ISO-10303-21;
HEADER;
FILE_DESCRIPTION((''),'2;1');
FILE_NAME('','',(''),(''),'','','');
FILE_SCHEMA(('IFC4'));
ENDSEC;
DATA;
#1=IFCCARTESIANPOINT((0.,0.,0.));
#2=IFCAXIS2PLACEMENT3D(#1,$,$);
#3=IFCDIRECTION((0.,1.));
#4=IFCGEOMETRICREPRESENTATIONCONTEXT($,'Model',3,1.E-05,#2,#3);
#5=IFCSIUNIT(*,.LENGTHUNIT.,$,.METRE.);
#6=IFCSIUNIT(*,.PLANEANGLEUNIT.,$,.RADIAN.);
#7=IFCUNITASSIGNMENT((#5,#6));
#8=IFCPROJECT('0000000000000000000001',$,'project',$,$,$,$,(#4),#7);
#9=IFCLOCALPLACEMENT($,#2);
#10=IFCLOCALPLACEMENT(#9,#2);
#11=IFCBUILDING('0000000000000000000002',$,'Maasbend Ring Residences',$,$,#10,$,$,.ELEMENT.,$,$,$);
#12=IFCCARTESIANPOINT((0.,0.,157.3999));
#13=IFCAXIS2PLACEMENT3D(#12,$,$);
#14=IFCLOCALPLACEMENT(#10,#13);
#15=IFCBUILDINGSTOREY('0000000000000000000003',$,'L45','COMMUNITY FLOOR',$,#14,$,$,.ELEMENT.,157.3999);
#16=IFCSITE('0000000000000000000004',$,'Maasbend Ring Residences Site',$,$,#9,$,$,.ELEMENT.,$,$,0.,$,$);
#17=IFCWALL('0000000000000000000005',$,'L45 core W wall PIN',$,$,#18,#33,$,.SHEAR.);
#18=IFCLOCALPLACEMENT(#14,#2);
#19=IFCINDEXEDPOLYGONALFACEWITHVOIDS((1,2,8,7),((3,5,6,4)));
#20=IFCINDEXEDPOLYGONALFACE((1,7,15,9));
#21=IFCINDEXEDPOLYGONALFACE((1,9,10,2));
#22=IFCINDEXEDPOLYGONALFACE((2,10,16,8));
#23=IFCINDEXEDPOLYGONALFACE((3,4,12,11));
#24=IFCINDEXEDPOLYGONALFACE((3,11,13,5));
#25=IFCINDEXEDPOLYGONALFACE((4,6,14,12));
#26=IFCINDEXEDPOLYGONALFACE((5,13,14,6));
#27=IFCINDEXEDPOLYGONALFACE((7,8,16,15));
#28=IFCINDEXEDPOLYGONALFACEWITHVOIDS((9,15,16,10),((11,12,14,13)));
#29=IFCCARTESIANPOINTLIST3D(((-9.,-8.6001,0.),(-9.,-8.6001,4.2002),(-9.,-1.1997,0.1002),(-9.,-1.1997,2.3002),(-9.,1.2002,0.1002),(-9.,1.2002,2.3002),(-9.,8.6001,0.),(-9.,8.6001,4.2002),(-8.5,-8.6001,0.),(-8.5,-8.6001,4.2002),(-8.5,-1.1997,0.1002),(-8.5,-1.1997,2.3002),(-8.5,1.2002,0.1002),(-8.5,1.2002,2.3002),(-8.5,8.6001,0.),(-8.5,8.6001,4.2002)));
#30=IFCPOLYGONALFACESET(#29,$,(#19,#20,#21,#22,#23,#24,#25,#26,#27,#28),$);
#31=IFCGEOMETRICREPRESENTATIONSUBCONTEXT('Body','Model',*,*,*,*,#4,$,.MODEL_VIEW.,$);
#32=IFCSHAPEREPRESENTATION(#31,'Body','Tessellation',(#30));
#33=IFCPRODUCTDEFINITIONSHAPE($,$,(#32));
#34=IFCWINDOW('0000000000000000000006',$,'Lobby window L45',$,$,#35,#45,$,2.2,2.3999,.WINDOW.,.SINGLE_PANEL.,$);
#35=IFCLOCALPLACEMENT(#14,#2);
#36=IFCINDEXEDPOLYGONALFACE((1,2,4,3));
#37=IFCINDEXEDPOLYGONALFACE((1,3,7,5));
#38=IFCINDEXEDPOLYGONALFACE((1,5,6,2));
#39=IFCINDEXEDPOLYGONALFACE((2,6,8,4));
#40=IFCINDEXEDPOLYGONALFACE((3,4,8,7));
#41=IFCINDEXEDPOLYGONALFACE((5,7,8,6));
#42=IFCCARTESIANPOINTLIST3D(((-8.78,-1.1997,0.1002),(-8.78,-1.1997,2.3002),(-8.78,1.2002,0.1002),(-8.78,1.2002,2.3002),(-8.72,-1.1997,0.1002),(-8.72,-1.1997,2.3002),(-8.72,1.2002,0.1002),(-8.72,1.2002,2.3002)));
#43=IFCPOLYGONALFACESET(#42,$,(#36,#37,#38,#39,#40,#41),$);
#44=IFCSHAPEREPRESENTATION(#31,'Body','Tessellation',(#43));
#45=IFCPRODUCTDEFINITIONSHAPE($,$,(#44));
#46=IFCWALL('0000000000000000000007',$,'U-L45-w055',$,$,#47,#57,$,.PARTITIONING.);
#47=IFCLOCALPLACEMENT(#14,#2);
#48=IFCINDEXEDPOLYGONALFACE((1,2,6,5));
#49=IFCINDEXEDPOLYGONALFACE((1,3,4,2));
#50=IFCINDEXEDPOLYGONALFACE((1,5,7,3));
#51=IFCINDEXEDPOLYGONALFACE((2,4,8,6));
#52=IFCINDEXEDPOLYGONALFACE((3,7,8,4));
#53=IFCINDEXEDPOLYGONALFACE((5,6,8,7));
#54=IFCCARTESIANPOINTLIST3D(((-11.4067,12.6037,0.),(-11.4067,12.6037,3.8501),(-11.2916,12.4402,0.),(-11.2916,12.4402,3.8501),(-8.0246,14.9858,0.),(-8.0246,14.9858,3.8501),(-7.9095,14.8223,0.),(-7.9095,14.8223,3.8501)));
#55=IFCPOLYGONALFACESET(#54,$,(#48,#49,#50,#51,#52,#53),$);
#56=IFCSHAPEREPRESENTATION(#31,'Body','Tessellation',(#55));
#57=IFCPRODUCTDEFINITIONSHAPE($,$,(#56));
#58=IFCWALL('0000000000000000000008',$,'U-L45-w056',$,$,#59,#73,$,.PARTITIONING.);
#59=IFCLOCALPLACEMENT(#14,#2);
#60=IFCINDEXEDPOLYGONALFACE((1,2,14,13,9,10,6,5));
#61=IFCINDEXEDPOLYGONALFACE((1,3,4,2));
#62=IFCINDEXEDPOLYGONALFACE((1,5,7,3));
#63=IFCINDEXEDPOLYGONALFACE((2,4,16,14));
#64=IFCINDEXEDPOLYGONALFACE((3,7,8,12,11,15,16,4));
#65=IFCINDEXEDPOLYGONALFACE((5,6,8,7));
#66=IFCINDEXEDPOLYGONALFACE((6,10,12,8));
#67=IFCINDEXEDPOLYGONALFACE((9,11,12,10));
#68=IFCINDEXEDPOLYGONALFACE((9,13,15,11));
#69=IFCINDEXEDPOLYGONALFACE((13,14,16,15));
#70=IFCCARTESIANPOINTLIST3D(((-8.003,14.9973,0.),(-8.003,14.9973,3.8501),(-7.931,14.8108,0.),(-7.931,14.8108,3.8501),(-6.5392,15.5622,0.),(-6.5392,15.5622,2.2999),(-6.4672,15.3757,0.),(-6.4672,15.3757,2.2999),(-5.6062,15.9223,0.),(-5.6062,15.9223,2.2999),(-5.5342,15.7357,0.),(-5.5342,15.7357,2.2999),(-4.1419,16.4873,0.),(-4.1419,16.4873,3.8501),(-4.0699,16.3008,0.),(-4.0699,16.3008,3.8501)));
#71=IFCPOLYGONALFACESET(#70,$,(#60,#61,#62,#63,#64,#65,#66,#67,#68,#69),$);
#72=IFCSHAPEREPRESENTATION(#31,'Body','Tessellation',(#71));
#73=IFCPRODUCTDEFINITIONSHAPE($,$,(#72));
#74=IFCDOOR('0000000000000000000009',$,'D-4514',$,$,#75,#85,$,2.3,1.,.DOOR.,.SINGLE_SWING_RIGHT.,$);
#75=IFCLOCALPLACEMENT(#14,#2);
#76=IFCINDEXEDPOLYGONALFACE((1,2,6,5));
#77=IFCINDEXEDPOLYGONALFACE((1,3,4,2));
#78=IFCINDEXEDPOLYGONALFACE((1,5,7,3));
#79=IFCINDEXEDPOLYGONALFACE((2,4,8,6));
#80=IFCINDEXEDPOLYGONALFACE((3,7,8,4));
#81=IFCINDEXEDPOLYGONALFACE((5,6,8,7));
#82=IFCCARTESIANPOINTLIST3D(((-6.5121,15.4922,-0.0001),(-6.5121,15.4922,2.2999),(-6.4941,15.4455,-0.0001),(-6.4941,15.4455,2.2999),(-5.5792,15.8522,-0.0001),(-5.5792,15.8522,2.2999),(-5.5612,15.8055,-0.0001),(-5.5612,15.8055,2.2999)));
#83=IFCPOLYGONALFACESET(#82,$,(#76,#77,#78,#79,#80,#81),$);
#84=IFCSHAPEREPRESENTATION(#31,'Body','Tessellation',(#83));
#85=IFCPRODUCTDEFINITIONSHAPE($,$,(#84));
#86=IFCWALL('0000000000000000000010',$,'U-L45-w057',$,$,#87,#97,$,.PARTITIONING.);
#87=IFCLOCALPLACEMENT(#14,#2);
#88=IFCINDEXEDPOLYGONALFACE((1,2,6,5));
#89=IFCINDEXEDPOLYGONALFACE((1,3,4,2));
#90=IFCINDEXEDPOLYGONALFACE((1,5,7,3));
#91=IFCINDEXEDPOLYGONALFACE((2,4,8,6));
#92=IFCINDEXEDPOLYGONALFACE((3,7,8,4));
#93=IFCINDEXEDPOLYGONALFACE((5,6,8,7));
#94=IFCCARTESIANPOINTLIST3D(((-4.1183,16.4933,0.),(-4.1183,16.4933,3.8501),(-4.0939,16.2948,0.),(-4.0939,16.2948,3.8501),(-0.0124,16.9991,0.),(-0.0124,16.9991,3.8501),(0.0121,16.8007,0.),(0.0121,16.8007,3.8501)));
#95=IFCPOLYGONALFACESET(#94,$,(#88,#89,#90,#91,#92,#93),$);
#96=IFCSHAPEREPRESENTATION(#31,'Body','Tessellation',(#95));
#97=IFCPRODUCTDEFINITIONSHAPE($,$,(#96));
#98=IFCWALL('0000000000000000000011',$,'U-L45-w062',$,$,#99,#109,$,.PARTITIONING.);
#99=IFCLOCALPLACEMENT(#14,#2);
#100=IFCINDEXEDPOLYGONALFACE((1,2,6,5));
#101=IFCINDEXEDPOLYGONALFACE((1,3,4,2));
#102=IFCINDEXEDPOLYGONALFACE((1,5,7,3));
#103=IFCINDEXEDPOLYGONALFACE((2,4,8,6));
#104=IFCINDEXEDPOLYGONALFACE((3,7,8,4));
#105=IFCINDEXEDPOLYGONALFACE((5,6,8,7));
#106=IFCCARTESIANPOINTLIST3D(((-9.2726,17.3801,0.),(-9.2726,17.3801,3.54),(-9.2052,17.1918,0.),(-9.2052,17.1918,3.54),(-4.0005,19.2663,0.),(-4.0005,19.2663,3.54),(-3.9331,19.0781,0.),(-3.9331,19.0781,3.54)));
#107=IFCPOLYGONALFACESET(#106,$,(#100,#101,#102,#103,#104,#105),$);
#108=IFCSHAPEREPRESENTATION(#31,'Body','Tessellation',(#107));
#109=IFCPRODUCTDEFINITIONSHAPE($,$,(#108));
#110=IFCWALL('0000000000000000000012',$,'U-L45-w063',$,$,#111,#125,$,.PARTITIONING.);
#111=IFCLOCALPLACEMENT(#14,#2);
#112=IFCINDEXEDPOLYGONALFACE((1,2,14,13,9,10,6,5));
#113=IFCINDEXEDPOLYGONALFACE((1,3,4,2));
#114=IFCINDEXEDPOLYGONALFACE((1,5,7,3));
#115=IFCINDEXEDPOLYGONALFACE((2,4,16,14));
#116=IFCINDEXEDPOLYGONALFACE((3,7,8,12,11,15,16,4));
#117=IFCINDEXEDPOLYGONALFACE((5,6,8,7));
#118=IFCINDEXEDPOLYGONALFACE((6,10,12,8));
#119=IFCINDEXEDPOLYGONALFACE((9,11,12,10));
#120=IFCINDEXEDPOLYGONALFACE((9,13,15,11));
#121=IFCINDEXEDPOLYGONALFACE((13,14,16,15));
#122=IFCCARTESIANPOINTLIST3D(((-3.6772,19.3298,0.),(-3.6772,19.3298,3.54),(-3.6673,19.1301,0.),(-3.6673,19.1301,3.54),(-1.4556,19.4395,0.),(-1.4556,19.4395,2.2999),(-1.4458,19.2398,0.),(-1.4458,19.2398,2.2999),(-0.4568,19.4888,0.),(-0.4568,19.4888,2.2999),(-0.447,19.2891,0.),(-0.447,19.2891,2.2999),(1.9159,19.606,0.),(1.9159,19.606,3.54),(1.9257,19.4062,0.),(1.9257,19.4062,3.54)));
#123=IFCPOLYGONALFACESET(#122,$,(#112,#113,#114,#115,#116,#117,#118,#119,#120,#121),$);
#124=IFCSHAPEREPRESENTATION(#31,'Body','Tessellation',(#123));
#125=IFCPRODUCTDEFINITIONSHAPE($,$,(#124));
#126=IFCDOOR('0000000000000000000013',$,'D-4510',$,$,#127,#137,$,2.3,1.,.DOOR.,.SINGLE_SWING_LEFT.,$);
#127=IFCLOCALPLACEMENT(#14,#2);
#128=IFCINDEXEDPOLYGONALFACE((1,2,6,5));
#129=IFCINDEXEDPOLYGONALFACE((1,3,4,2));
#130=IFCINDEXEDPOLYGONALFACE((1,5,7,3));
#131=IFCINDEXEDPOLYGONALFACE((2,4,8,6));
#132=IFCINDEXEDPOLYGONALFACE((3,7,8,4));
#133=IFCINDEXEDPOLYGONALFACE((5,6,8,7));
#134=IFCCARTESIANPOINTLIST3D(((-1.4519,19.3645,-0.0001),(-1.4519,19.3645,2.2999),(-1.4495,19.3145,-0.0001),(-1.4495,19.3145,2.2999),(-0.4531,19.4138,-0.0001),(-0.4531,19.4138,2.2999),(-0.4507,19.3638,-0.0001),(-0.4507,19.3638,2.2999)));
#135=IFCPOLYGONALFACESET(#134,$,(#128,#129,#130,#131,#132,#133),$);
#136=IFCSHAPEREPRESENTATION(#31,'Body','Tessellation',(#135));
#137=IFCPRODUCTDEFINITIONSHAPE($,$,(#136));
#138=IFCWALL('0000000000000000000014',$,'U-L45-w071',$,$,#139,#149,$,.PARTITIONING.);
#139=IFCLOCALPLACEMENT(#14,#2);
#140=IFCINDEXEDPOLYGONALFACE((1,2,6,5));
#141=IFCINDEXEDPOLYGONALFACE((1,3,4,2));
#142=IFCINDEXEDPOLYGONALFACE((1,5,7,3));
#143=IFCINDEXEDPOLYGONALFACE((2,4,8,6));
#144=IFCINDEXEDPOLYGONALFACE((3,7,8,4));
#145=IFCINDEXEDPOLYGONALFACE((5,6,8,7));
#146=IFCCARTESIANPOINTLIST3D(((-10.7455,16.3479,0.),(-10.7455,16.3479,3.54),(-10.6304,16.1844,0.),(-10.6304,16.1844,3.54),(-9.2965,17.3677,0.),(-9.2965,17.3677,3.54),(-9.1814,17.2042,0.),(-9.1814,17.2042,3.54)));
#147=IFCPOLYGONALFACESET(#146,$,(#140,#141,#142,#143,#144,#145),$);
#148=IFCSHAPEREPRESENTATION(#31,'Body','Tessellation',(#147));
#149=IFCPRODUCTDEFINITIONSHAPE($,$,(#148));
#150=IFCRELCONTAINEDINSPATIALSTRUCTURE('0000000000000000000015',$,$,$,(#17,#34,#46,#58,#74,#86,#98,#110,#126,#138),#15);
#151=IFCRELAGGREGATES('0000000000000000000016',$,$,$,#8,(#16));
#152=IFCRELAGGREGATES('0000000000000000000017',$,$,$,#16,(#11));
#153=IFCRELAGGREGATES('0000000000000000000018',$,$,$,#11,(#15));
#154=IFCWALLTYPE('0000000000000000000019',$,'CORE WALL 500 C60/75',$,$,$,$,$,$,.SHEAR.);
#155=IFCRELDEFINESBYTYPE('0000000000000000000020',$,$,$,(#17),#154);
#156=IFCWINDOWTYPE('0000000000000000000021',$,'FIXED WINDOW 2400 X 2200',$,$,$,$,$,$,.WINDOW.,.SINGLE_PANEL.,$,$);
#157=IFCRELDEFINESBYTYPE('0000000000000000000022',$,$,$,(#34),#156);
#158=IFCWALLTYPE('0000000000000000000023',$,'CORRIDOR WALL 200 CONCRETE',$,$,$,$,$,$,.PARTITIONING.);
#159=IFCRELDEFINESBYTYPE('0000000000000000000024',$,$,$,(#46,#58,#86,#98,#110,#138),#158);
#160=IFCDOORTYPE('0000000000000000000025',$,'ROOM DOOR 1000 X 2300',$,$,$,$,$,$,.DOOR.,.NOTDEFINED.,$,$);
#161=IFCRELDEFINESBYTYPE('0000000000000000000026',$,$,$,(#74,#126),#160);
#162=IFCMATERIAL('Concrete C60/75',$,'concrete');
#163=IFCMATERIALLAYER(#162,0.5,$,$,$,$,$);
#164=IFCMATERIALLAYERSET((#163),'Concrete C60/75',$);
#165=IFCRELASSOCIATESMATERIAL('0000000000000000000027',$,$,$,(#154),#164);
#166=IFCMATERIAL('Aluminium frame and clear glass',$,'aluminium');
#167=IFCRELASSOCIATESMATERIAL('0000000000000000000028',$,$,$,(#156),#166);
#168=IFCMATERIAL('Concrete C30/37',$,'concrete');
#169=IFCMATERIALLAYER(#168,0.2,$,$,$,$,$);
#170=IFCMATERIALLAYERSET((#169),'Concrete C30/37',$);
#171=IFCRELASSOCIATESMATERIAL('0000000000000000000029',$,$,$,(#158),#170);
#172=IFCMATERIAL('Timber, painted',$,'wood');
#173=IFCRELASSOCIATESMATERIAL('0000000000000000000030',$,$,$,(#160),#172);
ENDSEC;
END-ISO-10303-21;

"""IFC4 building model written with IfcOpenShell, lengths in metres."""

from ifc_helpers import new_model, si_unit, direction, frame, frame_2d, origin, place, context, subcontext, project, spatial, rectangle, extrude, material, layer, layer_set, type_object, element, fill, save


model = new_model("IFC4")

# Units and contexts
model_context = context("Model", 3, precision=1e-05, world=origin(), true_north=direction((0.0, 1.0)))
body_context = subcontext(model_context, "Body", "Model", "MODEL_VIEW")
ifc_project = project(units=[si_unit("LENGTHUNIT", "METRE"), si_unit("PLANEANGLEUNIT", "RADIAN")], contexts=[model_context])

# Site, building, storey
site_placement = place(None, origin())
site = spatial("IfcSite", under=ifc_project, at=site_placement, Name="Maasbend Ring Residences Site", CompositionType="ELEMENT", RefElevation=0.0)
building_placement = place(site_placement, origin())
building = spatial("IfcBuilding", under=site, at=building_placement, Name="Maasbend Ring Residences", CompositionType="ELEMENT")
storey_placement = place(building_placement, frame((0.0, 0.0, 157.3999)))
storey = spatial("IfcBuildingStorey", under=building, at=storey_placement, Name="L45", Description="COMMUNITY FLOOR", CompositionType="ELEMENT", Elevation=157.3999)

# Shared definitions
ifc_material_1 = material(Name="Concrete C60/75", Category="concrete")
ifc_layer_1 = layer(ifc_material_1, 0.5)
ifc_layer_set_1 = layer_set([ifc_layer_1], Name="Concrete C60/75")
wall_type_1 = type_object("IfcWallType", Name="CORE WALL 500 C60/75", PredefinedType="SHEAR", material=ifc_layer_set_1)

# Wall, opening, window
wall_1_placement = place(storey_placement, frame((-8.75, 8.6001, 0.0), z_axis=(0.0, 0.0, 1.0), x_axis=(0.0, -1.0, 0.0)))
wall_1 = element("IfcWall", 1, at=wall_1_placement, inside=storey, type_object=wall_type_1, Name="L45 core W wall PIN", PredefinedType="SHEAR", context=body_context, shape_type="SweptSolid", body=[
    extrude(rectangle(XDim=17.2002, YDim=0.5, at=frame_2d((8.6001, 0.0))), origin(), (0.0, 0.0, 1.0), 4.2002),
])
opening_1_placement = place(wall_1_placement, frame((7.3999, 0.0, 0.1001)))
opening_1 = element("IfcOpeningElement", 2, at=opening_1_placement, cuts=wall_1, PredefinedType="OPENING", context=body_context, shape_type="SweptSolid", body=[
    extrude(rectangle(XDim=2.3999, YDim=2.2, at=frame_2d((1.2, 1.1001))), frame((0.0, 0.26, 0.0), z_axis=(0.0, -1.0, 0.0), x_axis=(1.0, 0.0, 0.0)), (0.0, 0.0, 1.0), 0.52),
])
ifc_material_2 = material(Name="Aluminium frame and clear glass", Category="aluminium")
window_type = type_object("IfcWindowType", Name="FIXED WINDOW 2400 X 2200", PartitioningType="SINGLE_PANEL", PredefinedType="WINDOW", material=ifc_material_2)
window_placement = place(opening_1_placement, origin())
window = element("IfcWindow", 3, at=window_placement, inside=storey, type_object=window_type, Name="Lobby window L45", OverallHeight=2.2, OverallWidth=2.3999, PartitioningType="SINGLE_PANEL", PredefinedType="WINDOW", context=body_context, shape_type="SweptSolid", body=[
    extrude(rectangle(XDim=2.3999, YDim=2.2, at=frame_2d((1.2, 1.1001))), frame((0.0, 0.03, 0.0), z_axis=(0.0, -1.0, 0.0), x_axis=(1.0, 0.0, 0.0)), (0.0, 0.0, 1.0), 0.0601),
])
fill(opening_1, window)

# Wall
ifc_material_3 = material(Name="Concrete C30/37", Category="concrete")
ifc_layer_2 = layer(ifc_material_3, 0.2)
ifc_layer_set_2 = layer_set([ifc_layer_2], Name="Concrete C30/37")
wall_type_2 = type_object("IfcWallType", Name="CORRIDOR WALL 200 CONCRETE", PredefinedType="PARTITIONING", material=ifc_layer_set_2)
wall_2_placement = place(storey_placement, frame((-11.3491, 12.522, 0.0), z_axis=(0.0, 0.0, 1.0), x_axis=(0.817568, 0.575833, 0.0)))
element("IfcWall", 4, at=wall_2_placement, inside=storey, type_object=wall_type_2, Name="U-L45-w055", PredefinedType="PARTITIONING", context=body_context, shape_type="SweptSolid", body=[
    extrude(rectangle(XDim=4.1367, YDim=0.2, at=frame_2d((2.0684, 0.0))), origin(), (0.0, 0.0, 1.0), 3.8501),
])

# Wall, opening, door
wall_3_placement = place(storey_placement, frame((-7.967, 14.9041, 0.0), z_axis=(0.0, 0.0, 1.0), x_axis=(0.932944, 0.360022, 0.0)))
wall_3 = element("IfcWall", 5, at=wall_3_placement, inside=storey, type_object=wall_type_2, Name="U-L45-w056", PredefinedType="PARTITIONING", context=body_context, shape_type="SweptSolid", body=[
    extrude(rectangle(XDim=4.1387, YDim=0.2, at=frame_2d((2.0693, 0.0))), origin(), (0.0, 0.0, 1.0), 3.8501),
])
opening_2_placement = place(wall_3_placement, frame((1.5691, 0.0, 0.0)))
opening_2 = element("IfcOpeningElement", 6, at=opening_2_placement, cuts=wall_3, PredefinedType="OPENING", context=body_context, shape_type="SweptSolid", body=[
    extrude(rectangle(XDim=1.0, YDim=2.3, at=frame_2d((0.5, 1.1499))), frame((0.0, 0.1099, 0.0), z_axis=(0.0, -1.0, 0.0), x_axis=(1.0, 0.0, 0.0)), (0.0, 0.0, 1.0), 0.22),
])
ifc_material_4 = material(Name="Timber, painted", Category="wood")
door_type_1 = type_object("IfcDoorType", Name="ROOM DOOR 1000 X 2300", OperationType="NOTDEFINED", PredefinedType="DOOR", material=ifc_material_4)
door_1_placement = place(opening_2_placement, origin())
door_1 = element("IfcDoor", 7, at=door_1_placement, inside=storey, type_object=door_type_1, Name="D-4514", OperationType="SINGLE_SWING_RIGHT", OverallHeight=2.3, OverallWidth=1.0, PredefinedType="DOOR", context=body_context, shape_type="SweptSolid", body=[
    extrude(rectangle(XDim=1.0, YDim=2.3, at=frame_2d((0.5, 1.1499))), frame((0.0, 0.0249, 0.0), z_axis=(0.0, -1.0, 0.0), x_axis=(1.0, 0.0, 0.0)), (0.0, 0.0, 1.0), 0.05),
])
fill(opening_2, door_1)

# Walls
wall_4_placement = place(storey_placement, frame((-4.106, 16.394, 0.0), z_axis=(0.0, 0.0, 1.0), x_axis=(0.992496, 0.122277, 0.0)))
element("IfcWall", 8, at=wall_4_placement, inside=storey, type_object=wall_type_2, Name="U-L45-w057", PredefinedType="PARTITIONING", context=body_context, shape_type="SweptSolid", body=[
    extrude(rectangle(XDim=4.137, YDim=0.2, at=frame_2d((2.0684, 0.0))), origin(), (0.0, 0.0, 1.0), 3.8501),
])
wall_5_placement = place(storey_placement, frame((-9.239, 17.2859, 0.0), z_axis=(0.0, 0.0, 1.0), x_axis=(0.94155, 0.336872, 0.0)))
element("IfcWall", 9, at=wall_5_placement, inside=storey, type_object=wall_type_2, Name="U-L45-w062", PredefinedType="PARTITIONING", context=body_context, shape_type="SweptSolid", body=[
    extrude(rectangle(XDim=5.5994, YDim=0.2, at=frame_2d((2.7998, 0.0))), origin(), (0.0, 0.0, 1.0), 3.54),
])

# Wall, opening, door
wall_6_placement = place(storey_placement, frame((-3.6721, 19.23, 0.0), z_axis=(0.0, 0.0, 1.0), x_axis=(0.998784, 0.049309, 0.0)))
wall_6 = element("IfcWall", 10, at=wall_6_placement, inside=storey, type_object=wall_type_2, Name="U-L45-w063", PredefinedType="PARTITIONING", context=body_context, shape_type="SweptSolid", body=[
    extrude(rectangle(XDim=5.5999, YDim=0.2, at=frame_2d((2.7998, 0.0))), origin(), (0.0, 0.0, 1.0), 3.54),
])
opening_3_placement = place(wall_6_placement, frame((2.2241, 0.0, 0.0)))
opening_3 = element("IfcOpeningElement", 11, at=opening_3_placement, cuts=wall_6, PredefinedType="OPENING", context=body_context, shape_type="SweptSolid", body=[
    extrude(rectangle(XDim=1.0, YDim=2.3, at=frame_2d((0.5, 1.1499))), frame((0.0, 0.1099, 0.0), z_axis=(0.0, -1.0, 0.0), x_axis=(1.0, 0.0, 0.0)), (0.0, 0.0, 1.0), 0.22),
])
door_2_placement = place(opening_3_placement, origin())
door_2 = element("IfcDoor", 12, at=door_2_placement, inside=storey, type_object=door_type_1, Name="D-4510", OperationType="SINGLE_SWING_LEFT", OverallHeight=2.3, OverallWidth=1.0, PredefinedType="DOOR", context=body_context, shape_type="SweptSolid", body=[
    extrude(rectangle(XDim=1.0, YDim=2.3, at=frame_2d((0.5, 1.1499))), frame((0.0, 0.0249, 0.0), z_axis=(0.0, -1.0, 0.0), x_axis=(1.0, 0.0, 0.0)), (0.0, 0.0, 1.0), 0.05),
])
fill(opening_3, door_2)

# Wall
wall_7_placement = place(storey_placement, frame((-10.688, 16.2661, 0.0), z_axis=(0.0, 0.0, 1.0), x_axis=(0.817773, 0.575541, 0.0)))
element("IfcWall", 13, at=wall_7_placement, inside=storey, type_object=wall_type_2, Name="U-L45-w071", PredefinedType="PARTITIONING", context=body_context, shape_type="SweptSolid", body=[
    extrude(rectangle(XDim=1.772, YDim=0.2, at=frame_2d((0.886, 0.0))), origin(), (0.0, 0.0, 1.0), 3.54),
])

save(model, "model.ifc")
